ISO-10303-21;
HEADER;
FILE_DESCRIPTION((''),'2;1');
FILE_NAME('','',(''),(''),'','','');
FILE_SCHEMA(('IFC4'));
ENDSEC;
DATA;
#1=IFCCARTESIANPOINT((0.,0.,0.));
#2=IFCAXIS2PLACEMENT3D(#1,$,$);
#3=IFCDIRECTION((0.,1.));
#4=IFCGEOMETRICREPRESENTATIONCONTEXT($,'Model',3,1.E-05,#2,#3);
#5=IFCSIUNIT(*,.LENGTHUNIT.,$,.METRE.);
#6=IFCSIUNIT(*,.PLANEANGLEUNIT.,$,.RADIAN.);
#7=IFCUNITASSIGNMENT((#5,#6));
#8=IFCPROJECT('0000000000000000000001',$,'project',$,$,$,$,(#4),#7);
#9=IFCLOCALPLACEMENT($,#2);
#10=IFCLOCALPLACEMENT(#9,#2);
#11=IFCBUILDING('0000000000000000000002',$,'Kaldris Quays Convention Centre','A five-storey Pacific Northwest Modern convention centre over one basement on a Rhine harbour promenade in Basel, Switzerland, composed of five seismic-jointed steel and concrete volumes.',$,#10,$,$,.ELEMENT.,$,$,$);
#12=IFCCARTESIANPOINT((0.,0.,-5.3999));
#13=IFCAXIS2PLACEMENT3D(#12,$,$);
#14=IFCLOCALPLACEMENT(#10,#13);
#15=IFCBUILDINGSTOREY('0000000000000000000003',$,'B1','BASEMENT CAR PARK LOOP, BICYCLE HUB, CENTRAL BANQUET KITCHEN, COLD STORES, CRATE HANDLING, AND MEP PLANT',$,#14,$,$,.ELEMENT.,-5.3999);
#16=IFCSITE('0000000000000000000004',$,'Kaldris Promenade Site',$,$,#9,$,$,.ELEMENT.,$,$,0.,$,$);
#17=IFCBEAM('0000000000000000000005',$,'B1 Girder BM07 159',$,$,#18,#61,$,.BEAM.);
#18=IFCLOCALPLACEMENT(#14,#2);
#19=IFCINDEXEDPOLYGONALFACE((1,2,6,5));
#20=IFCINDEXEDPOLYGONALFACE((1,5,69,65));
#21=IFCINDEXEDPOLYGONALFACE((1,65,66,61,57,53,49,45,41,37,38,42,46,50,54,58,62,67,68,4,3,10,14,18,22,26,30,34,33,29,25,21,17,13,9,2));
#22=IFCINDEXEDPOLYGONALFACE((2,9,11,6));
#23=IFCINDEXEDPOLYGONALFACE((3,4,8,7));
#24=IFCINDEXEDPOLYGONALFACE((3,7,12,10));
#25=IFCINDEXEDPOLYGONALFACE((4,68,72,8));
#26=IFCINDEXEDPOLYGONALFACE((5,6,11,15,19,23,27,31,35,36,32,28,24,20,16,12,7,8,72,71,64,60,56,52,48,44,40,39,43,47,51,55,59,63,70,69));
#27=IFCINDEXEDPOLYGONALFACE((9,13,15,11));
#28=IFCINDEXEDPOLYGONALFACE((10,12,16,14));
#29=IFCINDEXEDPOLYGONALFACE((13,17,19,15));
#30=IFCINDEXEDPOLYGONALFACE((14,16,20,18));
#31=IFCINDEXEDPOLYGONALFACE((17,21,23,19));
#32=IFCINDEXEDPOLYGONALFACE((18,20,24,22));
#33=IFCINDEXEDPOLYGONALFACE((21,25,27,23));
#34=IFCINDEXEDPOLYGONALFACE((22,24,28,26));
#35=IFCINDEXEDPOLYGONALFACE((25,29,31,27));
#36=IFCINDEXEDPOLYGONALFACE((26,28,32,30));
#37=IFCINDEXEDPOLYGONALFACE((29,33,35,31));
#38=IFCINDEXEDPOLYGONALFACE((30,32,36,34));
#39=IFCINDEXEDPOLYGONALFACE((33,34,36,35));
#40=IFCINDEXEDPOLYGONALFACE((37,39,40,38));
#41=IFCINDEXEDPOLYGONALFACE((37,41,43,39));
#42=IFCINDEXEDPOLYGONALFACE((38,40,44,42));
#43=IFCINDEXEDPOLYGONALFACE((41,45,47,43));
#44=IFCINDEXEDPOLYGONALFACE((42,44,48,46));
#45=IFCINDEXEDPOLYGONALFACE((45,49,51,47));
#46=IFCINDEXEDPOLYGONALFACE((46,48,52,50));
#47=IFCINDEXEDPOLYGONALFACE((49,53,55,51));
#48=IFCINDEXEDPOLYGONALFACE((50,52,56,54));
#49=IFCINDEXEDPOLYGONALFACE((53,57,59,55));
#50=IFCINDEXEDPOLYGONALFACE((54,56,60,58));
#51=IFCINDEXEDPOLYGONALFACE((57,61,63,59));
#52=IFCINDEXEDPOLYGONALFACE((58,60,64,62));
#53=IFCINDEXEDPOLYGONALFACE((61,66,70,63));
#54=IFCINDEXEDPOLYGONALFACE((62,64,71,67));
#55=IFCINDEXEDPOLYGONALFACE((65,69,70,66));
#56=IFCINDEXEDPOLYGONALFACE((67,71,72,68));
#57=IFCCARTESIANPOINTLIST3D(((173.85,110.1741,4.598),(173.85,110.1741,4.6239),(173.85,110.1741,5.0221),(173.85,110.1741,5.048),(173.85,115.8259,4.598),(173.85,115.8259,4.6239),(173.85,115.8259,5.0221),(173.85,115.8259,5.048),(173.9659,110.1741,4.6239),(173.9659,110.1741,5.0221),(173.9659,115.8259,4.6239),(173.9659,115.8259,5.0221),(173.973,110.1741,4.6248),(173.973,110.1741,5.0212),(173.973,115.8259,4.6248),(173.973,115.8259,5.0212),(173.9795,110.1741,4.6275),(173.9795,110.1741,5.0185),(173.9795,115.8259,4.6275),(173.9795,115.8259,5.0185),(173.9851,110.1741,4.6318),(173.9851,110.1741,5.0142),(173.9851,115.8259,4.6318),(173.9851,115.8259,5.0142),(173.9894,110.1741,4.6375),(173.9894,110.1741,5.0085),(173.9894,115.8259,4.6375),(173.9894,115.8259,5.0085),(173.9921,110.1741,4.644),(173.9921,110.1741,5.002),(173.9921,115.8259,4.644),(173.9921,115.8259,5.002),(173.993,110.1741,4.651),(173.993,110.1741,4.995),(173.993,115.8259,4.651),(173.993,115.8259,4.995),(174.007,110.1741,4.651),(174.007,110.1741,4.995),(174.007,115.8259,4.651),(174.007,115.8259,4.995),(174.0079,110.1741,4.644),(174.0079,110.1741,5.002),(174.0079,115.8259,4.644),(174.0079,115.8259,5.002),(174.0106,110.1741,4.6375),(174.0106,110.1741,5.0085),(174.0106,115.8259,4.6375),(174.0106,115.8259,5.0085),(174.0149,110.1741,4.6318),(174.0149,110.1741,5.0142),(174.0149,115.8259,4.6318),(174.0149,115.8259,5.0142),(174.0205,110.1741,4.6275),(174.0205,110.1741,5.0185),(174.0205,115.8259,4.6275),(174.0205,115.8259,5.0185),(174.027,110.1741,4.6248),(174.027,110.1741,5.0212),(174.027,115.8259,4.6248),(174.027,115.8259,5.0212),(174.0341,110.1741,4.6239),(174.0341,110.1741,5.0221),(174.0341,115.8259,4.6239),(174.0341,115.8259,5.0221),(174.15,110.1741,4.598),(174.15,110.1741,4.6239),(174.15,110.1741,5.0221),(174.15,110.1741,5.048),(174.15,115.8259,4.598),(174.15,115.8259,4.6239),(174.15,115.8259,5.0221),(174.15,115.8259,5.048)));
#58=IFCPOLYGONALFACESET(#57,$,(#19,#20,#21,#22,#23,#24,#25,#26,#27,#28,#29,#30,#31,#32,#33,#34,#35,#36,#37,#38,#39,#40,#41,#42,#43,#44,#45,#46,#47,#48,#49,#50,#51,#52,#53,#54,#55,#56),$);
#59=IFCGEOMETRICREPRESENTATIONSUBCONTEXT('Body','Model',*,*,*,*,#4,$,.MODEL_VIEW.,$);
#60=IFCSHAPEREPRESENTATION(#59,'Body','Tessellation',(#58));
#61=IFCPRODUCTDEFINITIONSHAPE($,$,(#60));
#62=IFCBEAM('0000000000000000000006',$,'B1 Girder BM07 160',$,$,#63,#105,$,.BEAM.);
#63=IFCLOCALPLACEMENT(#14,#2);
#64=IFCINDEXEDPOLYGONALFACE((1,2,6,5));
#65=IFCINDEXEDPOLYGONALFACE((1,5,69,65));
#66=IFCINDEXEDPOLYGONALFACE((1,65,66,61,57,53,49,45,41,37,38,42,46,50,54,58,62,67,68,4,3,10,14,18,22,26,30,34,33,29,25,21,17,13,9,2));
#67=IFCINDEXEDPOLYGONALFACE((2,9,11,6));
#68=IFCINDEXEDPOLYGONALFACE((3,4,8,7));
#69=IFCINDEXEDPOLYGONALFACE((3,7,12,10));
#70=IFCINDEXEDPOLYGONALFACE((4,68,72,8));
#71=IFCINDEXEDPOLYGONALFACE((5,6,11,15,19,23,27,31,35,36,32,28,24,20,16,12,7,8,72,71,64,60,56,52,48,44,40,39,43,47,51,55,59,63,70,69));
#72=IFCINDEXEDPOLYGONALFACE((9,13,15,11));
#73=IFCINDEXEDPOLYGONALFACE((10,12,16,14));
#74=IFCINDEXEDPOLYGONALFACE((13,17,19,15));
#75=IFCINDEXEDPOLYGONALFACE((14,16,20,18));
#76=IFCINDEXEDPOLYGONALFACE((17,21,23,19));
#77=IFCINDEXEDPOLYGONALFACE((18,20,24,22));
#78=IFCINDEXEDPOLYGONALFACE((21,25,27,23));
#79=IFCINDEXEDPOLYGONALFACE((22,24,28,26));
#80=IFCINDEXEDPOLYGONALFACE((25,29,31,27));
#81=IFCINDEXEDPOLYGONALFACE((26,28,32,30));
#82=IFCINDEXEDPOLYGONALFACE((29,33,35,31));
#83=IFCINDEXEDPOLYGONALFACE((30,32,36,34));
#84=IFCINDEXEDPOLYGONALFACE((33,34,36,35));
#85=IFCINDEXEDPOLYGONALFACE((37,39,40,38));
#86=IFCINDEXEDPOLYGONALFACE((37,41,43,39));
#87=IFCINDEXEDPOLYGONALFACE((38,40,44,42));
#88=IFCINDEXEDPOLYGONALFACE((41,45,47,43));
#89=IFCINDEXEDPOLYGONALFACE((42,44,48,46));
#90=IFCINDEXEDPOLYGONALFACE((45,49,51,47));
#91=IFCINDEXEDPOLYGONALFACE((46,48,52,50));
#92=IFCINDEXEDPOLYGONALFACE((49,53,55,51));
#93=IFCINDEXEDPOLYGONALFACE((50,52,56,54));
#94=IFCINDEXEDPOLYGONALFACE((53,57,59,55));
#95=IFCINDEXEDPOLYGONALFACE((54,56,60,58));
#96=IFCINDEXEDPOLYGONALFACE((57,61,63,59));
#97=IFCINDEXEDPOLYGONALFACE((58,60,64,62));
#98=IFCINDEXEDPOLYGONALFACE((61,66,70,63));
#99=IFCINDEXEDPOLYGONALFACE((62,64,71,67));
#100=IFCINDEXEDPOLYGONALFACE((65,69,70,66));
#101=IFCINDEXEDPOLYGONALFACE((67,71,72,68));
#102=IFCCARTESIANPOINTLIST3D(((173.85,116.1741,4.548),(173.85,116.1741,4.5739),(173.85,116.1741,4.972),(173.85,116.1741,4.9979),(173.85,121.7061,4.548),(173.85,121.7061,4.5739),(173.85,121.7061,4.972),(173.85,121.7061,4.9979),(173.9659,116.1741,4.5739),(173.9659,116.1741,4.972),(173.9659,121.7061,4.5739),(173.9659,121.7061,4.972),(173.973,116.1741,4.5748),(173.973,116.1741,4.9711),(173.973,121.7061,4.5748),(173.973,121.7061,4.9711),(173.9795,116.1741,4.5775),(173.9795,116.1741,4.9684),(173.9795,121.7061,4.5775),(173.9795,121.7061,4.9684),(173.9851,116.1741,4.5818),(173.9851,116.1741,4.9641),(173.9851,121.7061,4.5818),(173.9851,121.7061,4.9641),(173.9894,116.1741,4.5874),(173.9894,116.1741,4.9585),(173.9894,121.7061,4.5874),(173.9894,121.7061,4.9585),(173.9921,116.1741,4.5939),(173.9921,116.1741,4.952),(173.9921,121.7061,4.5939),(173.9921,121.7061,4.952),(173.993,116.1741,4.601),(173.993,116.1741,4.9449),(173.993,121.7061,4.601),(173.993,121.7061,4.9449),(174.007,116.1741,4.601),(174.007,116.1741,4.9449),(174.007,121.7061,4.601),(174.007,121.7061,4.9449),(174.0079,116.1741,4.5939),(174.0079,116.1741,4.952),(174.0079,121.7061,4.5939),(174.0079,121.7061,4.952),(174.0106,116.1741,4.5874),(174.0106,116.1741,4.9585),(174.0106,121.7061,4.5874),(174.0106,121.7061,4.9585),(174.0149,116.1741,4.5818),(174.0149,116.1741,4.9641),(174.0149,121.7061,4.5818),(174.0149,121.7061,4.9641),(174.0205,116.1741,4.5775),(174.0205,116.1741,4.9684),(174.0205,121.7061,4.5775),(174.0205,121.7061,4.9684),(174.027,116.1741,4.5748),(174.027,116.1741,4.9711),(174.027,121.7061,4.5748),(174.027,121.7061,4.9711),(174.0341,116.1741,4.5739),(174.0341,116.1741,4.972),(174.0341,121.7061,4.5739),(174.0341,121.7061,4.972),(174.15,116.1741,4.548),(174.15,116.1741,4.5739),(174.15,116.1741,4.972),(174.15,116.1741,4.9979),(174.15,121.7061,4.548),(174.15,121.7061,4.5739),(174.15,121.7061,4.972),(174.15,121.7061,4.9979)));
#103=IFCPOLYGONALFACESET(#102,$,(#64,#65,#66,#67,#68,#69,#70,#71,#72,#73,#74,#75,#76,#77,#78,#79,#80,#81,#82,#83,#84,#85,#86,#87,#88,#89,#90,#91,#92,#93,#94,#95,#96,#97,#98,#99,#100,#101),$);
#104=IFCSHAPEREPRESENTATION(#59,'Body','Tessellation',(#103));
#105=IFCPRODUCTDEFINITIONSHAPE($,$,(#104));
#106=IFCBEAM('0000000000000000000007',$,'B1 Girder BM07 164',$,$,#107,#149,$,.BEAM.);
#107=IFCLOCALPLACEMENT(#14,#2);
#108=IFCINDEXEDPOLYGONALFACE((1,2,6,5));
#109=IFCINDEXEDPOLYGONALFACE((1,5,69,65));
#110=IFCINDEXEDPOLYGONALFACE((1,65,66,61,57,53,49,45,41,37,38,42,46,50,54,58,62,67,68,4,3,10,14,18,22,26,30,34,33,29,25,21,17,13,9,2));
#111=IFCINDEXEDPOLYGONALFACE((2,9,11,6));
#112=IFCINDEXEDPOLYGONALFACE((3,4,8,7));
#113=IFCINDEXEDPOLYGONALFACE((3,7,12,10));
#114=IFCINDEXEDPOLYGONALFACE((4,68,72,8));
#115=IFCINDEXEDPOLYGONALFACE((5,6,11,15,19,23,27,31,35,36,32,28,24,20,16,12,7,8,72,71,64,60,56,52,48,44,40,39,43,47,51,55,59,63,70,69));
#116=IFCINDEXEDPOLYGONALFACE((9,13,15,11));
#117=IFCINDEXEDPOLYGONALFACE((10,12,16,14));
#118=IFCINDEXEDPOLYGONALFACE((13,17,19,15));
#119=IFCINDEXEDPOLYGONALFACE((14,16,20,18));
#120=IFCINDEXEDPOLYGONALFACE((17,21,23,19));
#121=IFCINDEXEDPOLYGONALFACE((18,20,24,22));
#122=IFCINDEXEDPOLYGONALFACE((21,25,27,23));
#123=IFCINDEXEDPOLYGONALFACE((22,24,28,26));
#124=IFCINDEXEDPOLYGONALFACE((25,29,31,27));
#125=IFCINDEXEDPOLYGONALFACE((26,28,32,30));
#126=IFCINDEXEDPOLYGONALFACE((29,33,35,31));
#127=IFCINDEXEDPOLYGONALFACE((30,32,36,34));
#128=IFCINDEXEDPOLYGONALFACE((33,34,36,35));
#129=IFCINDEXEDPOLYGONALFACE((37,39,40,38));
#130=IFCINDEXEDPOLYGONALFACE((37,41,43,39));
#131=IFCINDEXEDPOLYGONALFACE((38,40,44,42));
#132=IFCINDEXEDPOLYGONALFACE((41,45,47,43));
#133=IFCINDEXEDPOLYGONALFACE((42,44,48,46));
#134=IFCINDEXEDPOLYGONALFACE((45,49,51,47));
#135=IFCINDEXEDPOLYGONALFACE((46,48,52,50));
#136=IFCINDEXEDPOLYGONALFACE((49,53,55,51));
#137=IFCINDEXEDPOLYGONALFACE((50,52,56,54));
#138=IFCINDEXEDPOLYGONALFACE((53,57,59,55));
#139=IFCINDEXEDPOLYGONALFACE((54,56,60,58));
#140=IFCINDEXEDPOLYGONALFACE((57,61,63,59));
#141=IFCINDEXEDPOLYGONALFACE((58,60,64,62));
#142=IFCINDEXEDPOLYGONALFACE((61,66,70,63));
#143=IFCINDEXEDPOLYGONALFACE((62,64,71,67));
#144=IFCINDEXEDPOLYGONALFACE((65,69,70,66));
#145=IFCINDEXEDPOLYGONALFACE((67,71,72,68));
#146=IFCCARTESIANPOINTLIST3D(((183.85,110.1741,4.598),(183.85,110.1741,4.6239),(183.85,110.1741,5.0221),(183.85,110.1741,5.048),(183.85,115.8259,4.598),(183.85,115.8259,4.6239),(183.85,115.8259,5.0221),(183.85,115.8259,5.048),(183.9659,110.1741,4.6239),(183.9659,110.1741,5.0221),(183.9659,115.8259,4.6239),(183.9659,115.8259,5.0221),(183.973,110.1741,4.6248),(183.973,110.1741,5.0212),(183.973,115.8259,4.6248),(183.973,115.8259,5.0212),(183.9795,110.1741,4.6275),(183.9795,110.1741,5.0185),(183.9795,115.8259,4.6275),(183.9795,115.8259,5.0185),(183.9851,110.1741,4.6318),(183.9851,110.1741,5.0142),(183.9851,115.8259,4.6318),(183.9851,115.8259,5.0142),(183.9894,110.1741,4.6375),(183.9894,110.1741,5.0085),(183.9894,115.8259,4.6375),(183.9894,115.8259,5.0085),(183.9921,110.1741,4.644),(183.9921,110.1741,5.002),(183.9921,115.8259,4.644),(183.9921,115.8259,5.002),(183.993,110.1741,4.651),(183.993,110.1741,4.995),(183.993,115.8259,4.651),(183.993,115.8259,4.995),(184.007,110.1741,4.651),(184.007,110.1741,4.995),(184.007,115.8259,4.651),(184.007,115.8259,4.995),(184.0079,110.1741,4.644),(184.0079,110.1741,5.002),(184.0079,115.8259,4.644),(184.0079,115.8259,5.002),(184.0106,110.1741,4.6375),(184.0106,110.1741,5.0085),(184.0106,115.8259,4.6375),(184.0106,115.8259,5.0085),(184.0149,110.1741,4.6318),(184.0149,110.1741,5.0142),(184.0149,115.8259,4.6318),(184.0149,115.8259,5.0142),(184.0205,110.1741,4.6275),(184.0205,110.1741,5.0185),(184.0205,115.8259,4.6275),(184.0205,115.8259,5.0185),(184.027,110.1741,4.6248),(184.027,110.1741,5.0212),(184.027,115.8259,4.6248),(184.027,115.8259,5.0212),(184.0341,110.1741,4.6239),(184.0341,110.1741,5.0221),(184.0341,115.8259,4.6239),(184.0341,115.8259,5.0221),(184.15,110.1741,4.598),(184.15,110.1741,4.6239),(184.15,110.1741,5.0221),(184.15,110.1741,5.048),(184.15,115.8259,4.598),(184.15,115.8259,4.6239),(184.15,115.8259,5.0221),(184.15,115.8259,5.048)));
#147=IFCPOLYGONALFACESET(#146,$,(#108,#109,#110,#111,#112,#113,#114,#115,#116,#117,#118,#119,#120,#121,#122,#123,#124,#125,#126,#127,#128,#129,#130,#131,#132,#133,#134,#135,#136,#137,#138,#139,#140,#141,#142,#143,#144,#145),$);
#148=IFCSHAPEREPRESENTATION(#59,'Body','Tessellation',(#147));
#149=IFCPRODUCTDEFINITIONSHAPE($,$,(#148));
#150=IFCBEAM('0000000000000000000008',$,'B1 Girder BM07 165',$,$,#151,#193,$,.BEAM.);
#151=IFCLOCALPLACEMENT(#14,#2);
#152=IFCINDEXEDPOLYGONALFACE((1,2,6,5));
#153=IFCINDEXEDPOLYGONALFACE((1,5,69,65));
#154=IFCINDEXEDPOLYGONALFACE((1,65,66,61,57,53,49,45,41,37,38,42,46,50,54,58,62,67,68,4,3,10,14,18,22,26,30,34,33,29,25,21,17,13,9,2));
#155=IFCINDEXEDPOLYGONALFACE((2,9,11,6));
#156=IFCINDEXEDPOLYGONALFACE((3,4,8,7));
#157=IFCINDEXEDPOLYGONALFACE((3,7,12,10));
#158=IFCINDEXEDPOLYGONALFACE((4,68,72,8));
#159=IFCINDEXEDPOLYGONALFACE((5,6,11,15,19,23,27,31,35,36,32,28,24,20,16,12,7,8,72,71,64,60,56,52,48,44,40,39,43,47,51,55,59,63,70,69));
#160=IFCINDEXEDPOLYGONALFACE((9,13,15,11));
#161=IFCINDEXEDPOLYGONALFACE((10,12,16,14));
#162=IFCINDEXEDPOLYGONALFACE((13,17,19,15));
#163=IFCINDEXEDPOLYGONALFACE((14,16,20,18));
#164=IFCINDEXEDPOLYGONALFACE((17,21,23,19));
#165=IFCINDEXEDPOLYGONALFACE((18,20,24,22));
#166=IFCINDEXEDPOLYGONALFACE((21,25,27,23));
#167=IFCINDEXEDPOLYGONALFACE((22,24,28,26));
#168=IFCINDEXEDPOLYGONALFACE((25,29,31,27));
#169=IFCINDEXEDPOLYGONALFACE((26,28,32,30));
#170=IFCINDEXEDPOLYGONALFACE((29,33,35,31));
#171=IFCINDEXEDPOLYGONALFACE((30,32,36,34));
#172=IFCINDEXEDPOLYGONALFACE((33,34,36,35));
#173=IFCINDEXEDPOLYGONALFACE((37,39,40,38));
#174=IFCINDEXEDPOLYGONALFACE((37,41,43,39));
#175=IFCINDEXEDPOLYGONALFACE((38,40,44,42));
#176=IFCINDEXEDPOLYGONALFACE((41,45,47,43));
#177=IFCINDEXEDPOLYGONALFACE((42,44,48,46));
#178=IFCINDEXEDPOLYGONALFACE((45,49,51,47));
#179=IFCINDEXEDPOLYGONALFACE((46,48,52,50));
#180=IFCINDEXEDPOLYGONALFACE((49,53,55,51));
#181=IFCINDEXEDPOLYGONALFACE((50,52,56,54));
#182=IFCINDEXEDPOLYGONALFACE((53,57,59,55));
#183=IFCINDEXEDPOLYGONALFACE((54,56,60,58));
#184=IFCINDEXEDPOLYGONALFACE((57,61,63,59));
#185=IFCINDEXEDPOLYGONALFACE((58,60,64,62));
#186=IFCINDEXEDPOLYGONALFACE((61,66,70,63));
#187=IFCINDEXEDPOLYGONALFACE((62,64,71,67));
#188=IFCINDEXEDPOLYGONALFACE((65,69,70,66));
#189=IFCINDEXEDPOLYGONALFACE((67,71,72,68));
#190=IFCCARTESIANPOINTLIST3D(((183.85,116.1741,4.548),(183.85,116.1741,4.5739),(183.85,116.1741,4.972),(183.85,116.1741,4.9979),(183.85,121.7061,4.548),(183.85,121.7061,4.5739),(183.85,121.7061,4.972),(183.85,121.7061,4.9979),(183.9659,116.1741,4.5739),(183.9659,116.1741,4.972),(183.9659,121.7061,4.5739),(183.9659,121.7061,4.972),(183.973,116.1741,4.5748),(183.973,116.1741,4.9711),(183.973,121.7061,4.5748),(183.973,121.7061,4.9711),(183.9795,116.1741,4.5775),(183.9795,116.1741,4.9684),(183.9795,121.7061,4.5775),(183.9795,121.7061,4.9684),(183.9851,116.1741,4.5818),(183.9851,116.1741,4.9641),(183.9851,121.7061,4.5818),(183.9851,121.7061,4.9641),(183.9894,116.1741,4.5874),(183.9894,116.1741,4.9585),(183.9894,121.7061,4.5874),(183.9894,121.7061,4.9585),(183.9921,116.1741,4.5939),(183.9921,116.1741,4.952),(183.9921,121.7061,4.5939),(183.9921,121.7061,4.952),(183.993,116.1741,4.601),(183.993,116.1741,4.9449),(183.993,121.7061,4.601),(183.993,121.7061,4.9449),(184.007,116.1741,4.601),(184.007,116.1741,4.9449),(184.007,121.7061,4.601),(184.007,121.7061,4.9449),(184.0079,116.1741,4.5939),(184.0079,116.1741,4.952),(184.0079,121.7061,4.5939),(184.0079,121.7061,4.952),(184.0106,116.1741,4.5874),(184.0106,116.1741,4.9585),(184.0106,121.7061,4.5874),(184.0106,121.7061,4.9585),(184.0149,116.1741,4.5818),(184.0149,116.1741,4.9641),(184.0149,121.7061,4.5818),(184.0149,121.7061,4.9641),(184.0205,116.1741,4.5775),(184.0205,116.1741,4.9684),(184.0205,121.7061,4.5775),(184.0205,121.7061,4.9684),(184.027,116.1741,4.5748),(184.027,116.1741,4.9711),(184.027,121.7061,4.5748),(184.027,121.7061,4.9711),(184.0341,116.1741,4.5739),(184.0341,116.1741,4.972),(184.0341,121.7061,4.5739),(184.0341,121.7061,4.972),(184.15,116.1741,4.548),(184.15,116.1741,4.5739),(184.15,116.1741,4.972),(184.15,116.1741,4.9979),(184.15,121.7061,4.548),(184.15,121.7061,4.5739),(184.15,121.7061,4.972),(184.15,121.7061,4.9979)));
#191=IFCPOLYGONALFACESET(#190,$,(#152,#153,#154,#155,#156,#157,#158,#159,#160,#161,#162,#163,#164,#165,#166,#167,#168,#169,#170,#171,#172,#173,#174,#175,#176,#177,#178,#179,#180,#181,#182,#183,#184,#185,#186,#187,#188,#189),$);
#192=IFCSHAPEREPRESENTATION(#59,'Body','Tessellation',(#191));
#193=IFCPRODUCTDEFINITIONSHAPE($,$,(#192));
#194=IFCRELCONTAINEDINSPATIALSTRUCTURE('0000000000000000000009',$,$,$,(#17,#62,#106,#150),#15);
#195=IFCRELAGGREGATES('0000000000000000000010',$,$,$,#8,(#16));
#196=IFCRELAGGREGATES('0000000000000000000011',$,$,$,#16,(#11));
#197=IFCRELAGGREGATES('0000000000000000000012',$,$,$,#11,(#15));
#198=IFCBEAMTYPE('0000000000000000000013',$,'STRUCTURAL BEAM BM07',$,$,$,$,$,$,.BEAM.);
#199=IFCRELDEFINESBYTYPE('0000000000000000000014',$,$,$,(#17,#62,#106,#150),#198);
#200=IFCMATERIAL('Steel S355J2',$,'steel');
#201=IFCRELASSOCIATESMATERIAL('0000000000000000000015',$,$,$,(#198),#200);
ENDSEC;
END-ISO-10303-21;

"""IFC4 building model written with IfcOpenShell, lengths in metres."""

from ifc_helpers import new_model, si_unit, direction, frame, origin, origin_2d, place, context, subcontext, project, spatial, i_section, extrude, material, material_profile, profile_set, type_object, element, save


model = new_model("IFC4")

# Units and contexts
model_context = context("Model", 3, precision=1e-05, world=origin(), true_north=direction((0.0, 1.0)))
body_context = subcontext(model_context, "Body", "Model", "MODEL_VIEW")
ifc_project = project(units=[si_unit("LENGTHUNIT", "METRE"), si_unit("PLANEANGLEUNIT", "RADIAN")], contexts=[model_context])

# Site, building, storey
site_placement = place(None, origin())
site = spatial("IfcSite", under=ifc_project, at=site_placement, Name="Kaldris Promenade Site", CompositionType="ELEMENT", RefElevation=0.0)
building_placement = place(site_placement, origin())
building = spatial("IfcBuilding", under=site, at=building_placement, Name="Kaldris Quays Convention Centre", Description="A five-storey Pacific Northwest Modern convention centre over one basement on a Rhine harbour promenade in Basel, Switzerland, composed of five seismic-jointed steel and concrete volumes.", CompositionType="ELEMENT")
storey_placement = place(building_placement, frame((0.0, 0.0, -5.3999)))
storey = spatial("IfcBuildingStorey", under=building, at=storey_placement, Name="B1", Description="BASEMENT CAR PARK LOOP, BICYCLE HUB, CENTRAL BANQUET KITCHEN, COLD STORES, CRATE HANDLING, AND MEP PLANT", CompositionType="ELEMENT", Elevation=-5.3999)

# Shared definitions
ifc_material_1 = material(Name="Steel S355J2", Category="steel")

# Beams
ifc_material_profile_1 = material_profile(ifc_material_1, i_section(OverallWidth=0.3, OverallDepth=0.45, WebThickness=0.0139, FlangeThickness=0.0259, FilletRadius=0.0271, at=origin_2d()), Name="HEB 450")
ifc_profile_set_1 = profile_set([ifc_material_profile_1], Name="Steel S355J2")
beam_type_1 = type_object("IfcBeamType", Name="STRUCTURAL BEAM BM07", PredefinedType="BEAM", material=ifc_profile_set_1)
beam_1_placement = place(storey_placement, frame((174.0, 110.1741, 4.823), z_axis=(0.0, 1.0, 0.0), x_axis=(-1.0, 0.0, 0.0)))
element("IfcBeam", 1, at=beam_1_placement, inside=storey, type_object=beam_type_1, Name="B1 Girder BM07 159", PredefinedType="BEAM", context=body_context, shape_type="SweptSolid", body=[
    extrude(i_section(OverallWidth=0.3, OverallDepth=0.45, WebThickness=0.0139, FlangeThickness=0.0259, FilletRadius=0.0271, at=origin_2d()), origin(), (0.0, 0.0, 1.0), 5.6519),
])
beam_2_placement = place(storey_placement, frame((174.0, 116.1741, 4.7729), z_axis=(0.0, 1.0, 0.0), x_axis=(-1.0, 0.0, 0.0)))
element("IfcBeam", 2, at=beam_2_placement, inside=storey, type_object=beam_type_1, Name="B1 Girder BM07 160", PredefinedType="BEAM", context=body_context, shape_type="SweptSolid", body=[
    extrude(i_section(OverallWidth=0.3, OverallDepth=0.45, WebThickness=0.0139, FlangeThickness=0.0259, FilletRadius=0.0271, at=origin_2d()), origin(), (0.0, 0.0, 1.0), 5.532),
])
beam_3_placement = place(storey_placement, frame((184.0, 110.1741, 4.823), z_axis=(0.0, 1.0, 0.0), x_axis=(-1.0, 0.0, 0.0)))
element("IfcBeam", 3, at=beam_3_placement, inside=storey, type_object=beam_type_1, Name="B1 Girder BM07 164", PredefinedType="BEAM", context=body_context, shape_type="SweptSolid", body=[
    extrude(i_section(OverallWidth=0.3, OverallDepth=0.45, WebThickness=0.0139, FlangeThickness=0.0259, FilletRadius=0.0271, at=origin_2d()), origin(), (0.0, 0.0, 1.0), 5.6519),
])
beam_4_placement = place(storey_placement, frame((184.0, 116.1741, 4.7729), z_axis=(0.0, 1.0, 0.0), x_axis=(-1.0, 0.0, 0.0)))
element("IfcBeam", 4, at=beam_4_placement, inside=storey, type_object=beam_type_1, Name="B1 Girder BM07 165", PredefinedType="BEAM", context=body_context, shape_type="SweptSolid", body=[
    extrude(i_section(OverallWidth=0.3, OverallDepth=0.45, WebThickness=0.0139, FlangeThickness=0.0259, FilletRadius=0.0271, at=origin_2d()), origin(), (0.0, 0.0, 1.0), 5.532),
])

save(model, "model.ifc")
